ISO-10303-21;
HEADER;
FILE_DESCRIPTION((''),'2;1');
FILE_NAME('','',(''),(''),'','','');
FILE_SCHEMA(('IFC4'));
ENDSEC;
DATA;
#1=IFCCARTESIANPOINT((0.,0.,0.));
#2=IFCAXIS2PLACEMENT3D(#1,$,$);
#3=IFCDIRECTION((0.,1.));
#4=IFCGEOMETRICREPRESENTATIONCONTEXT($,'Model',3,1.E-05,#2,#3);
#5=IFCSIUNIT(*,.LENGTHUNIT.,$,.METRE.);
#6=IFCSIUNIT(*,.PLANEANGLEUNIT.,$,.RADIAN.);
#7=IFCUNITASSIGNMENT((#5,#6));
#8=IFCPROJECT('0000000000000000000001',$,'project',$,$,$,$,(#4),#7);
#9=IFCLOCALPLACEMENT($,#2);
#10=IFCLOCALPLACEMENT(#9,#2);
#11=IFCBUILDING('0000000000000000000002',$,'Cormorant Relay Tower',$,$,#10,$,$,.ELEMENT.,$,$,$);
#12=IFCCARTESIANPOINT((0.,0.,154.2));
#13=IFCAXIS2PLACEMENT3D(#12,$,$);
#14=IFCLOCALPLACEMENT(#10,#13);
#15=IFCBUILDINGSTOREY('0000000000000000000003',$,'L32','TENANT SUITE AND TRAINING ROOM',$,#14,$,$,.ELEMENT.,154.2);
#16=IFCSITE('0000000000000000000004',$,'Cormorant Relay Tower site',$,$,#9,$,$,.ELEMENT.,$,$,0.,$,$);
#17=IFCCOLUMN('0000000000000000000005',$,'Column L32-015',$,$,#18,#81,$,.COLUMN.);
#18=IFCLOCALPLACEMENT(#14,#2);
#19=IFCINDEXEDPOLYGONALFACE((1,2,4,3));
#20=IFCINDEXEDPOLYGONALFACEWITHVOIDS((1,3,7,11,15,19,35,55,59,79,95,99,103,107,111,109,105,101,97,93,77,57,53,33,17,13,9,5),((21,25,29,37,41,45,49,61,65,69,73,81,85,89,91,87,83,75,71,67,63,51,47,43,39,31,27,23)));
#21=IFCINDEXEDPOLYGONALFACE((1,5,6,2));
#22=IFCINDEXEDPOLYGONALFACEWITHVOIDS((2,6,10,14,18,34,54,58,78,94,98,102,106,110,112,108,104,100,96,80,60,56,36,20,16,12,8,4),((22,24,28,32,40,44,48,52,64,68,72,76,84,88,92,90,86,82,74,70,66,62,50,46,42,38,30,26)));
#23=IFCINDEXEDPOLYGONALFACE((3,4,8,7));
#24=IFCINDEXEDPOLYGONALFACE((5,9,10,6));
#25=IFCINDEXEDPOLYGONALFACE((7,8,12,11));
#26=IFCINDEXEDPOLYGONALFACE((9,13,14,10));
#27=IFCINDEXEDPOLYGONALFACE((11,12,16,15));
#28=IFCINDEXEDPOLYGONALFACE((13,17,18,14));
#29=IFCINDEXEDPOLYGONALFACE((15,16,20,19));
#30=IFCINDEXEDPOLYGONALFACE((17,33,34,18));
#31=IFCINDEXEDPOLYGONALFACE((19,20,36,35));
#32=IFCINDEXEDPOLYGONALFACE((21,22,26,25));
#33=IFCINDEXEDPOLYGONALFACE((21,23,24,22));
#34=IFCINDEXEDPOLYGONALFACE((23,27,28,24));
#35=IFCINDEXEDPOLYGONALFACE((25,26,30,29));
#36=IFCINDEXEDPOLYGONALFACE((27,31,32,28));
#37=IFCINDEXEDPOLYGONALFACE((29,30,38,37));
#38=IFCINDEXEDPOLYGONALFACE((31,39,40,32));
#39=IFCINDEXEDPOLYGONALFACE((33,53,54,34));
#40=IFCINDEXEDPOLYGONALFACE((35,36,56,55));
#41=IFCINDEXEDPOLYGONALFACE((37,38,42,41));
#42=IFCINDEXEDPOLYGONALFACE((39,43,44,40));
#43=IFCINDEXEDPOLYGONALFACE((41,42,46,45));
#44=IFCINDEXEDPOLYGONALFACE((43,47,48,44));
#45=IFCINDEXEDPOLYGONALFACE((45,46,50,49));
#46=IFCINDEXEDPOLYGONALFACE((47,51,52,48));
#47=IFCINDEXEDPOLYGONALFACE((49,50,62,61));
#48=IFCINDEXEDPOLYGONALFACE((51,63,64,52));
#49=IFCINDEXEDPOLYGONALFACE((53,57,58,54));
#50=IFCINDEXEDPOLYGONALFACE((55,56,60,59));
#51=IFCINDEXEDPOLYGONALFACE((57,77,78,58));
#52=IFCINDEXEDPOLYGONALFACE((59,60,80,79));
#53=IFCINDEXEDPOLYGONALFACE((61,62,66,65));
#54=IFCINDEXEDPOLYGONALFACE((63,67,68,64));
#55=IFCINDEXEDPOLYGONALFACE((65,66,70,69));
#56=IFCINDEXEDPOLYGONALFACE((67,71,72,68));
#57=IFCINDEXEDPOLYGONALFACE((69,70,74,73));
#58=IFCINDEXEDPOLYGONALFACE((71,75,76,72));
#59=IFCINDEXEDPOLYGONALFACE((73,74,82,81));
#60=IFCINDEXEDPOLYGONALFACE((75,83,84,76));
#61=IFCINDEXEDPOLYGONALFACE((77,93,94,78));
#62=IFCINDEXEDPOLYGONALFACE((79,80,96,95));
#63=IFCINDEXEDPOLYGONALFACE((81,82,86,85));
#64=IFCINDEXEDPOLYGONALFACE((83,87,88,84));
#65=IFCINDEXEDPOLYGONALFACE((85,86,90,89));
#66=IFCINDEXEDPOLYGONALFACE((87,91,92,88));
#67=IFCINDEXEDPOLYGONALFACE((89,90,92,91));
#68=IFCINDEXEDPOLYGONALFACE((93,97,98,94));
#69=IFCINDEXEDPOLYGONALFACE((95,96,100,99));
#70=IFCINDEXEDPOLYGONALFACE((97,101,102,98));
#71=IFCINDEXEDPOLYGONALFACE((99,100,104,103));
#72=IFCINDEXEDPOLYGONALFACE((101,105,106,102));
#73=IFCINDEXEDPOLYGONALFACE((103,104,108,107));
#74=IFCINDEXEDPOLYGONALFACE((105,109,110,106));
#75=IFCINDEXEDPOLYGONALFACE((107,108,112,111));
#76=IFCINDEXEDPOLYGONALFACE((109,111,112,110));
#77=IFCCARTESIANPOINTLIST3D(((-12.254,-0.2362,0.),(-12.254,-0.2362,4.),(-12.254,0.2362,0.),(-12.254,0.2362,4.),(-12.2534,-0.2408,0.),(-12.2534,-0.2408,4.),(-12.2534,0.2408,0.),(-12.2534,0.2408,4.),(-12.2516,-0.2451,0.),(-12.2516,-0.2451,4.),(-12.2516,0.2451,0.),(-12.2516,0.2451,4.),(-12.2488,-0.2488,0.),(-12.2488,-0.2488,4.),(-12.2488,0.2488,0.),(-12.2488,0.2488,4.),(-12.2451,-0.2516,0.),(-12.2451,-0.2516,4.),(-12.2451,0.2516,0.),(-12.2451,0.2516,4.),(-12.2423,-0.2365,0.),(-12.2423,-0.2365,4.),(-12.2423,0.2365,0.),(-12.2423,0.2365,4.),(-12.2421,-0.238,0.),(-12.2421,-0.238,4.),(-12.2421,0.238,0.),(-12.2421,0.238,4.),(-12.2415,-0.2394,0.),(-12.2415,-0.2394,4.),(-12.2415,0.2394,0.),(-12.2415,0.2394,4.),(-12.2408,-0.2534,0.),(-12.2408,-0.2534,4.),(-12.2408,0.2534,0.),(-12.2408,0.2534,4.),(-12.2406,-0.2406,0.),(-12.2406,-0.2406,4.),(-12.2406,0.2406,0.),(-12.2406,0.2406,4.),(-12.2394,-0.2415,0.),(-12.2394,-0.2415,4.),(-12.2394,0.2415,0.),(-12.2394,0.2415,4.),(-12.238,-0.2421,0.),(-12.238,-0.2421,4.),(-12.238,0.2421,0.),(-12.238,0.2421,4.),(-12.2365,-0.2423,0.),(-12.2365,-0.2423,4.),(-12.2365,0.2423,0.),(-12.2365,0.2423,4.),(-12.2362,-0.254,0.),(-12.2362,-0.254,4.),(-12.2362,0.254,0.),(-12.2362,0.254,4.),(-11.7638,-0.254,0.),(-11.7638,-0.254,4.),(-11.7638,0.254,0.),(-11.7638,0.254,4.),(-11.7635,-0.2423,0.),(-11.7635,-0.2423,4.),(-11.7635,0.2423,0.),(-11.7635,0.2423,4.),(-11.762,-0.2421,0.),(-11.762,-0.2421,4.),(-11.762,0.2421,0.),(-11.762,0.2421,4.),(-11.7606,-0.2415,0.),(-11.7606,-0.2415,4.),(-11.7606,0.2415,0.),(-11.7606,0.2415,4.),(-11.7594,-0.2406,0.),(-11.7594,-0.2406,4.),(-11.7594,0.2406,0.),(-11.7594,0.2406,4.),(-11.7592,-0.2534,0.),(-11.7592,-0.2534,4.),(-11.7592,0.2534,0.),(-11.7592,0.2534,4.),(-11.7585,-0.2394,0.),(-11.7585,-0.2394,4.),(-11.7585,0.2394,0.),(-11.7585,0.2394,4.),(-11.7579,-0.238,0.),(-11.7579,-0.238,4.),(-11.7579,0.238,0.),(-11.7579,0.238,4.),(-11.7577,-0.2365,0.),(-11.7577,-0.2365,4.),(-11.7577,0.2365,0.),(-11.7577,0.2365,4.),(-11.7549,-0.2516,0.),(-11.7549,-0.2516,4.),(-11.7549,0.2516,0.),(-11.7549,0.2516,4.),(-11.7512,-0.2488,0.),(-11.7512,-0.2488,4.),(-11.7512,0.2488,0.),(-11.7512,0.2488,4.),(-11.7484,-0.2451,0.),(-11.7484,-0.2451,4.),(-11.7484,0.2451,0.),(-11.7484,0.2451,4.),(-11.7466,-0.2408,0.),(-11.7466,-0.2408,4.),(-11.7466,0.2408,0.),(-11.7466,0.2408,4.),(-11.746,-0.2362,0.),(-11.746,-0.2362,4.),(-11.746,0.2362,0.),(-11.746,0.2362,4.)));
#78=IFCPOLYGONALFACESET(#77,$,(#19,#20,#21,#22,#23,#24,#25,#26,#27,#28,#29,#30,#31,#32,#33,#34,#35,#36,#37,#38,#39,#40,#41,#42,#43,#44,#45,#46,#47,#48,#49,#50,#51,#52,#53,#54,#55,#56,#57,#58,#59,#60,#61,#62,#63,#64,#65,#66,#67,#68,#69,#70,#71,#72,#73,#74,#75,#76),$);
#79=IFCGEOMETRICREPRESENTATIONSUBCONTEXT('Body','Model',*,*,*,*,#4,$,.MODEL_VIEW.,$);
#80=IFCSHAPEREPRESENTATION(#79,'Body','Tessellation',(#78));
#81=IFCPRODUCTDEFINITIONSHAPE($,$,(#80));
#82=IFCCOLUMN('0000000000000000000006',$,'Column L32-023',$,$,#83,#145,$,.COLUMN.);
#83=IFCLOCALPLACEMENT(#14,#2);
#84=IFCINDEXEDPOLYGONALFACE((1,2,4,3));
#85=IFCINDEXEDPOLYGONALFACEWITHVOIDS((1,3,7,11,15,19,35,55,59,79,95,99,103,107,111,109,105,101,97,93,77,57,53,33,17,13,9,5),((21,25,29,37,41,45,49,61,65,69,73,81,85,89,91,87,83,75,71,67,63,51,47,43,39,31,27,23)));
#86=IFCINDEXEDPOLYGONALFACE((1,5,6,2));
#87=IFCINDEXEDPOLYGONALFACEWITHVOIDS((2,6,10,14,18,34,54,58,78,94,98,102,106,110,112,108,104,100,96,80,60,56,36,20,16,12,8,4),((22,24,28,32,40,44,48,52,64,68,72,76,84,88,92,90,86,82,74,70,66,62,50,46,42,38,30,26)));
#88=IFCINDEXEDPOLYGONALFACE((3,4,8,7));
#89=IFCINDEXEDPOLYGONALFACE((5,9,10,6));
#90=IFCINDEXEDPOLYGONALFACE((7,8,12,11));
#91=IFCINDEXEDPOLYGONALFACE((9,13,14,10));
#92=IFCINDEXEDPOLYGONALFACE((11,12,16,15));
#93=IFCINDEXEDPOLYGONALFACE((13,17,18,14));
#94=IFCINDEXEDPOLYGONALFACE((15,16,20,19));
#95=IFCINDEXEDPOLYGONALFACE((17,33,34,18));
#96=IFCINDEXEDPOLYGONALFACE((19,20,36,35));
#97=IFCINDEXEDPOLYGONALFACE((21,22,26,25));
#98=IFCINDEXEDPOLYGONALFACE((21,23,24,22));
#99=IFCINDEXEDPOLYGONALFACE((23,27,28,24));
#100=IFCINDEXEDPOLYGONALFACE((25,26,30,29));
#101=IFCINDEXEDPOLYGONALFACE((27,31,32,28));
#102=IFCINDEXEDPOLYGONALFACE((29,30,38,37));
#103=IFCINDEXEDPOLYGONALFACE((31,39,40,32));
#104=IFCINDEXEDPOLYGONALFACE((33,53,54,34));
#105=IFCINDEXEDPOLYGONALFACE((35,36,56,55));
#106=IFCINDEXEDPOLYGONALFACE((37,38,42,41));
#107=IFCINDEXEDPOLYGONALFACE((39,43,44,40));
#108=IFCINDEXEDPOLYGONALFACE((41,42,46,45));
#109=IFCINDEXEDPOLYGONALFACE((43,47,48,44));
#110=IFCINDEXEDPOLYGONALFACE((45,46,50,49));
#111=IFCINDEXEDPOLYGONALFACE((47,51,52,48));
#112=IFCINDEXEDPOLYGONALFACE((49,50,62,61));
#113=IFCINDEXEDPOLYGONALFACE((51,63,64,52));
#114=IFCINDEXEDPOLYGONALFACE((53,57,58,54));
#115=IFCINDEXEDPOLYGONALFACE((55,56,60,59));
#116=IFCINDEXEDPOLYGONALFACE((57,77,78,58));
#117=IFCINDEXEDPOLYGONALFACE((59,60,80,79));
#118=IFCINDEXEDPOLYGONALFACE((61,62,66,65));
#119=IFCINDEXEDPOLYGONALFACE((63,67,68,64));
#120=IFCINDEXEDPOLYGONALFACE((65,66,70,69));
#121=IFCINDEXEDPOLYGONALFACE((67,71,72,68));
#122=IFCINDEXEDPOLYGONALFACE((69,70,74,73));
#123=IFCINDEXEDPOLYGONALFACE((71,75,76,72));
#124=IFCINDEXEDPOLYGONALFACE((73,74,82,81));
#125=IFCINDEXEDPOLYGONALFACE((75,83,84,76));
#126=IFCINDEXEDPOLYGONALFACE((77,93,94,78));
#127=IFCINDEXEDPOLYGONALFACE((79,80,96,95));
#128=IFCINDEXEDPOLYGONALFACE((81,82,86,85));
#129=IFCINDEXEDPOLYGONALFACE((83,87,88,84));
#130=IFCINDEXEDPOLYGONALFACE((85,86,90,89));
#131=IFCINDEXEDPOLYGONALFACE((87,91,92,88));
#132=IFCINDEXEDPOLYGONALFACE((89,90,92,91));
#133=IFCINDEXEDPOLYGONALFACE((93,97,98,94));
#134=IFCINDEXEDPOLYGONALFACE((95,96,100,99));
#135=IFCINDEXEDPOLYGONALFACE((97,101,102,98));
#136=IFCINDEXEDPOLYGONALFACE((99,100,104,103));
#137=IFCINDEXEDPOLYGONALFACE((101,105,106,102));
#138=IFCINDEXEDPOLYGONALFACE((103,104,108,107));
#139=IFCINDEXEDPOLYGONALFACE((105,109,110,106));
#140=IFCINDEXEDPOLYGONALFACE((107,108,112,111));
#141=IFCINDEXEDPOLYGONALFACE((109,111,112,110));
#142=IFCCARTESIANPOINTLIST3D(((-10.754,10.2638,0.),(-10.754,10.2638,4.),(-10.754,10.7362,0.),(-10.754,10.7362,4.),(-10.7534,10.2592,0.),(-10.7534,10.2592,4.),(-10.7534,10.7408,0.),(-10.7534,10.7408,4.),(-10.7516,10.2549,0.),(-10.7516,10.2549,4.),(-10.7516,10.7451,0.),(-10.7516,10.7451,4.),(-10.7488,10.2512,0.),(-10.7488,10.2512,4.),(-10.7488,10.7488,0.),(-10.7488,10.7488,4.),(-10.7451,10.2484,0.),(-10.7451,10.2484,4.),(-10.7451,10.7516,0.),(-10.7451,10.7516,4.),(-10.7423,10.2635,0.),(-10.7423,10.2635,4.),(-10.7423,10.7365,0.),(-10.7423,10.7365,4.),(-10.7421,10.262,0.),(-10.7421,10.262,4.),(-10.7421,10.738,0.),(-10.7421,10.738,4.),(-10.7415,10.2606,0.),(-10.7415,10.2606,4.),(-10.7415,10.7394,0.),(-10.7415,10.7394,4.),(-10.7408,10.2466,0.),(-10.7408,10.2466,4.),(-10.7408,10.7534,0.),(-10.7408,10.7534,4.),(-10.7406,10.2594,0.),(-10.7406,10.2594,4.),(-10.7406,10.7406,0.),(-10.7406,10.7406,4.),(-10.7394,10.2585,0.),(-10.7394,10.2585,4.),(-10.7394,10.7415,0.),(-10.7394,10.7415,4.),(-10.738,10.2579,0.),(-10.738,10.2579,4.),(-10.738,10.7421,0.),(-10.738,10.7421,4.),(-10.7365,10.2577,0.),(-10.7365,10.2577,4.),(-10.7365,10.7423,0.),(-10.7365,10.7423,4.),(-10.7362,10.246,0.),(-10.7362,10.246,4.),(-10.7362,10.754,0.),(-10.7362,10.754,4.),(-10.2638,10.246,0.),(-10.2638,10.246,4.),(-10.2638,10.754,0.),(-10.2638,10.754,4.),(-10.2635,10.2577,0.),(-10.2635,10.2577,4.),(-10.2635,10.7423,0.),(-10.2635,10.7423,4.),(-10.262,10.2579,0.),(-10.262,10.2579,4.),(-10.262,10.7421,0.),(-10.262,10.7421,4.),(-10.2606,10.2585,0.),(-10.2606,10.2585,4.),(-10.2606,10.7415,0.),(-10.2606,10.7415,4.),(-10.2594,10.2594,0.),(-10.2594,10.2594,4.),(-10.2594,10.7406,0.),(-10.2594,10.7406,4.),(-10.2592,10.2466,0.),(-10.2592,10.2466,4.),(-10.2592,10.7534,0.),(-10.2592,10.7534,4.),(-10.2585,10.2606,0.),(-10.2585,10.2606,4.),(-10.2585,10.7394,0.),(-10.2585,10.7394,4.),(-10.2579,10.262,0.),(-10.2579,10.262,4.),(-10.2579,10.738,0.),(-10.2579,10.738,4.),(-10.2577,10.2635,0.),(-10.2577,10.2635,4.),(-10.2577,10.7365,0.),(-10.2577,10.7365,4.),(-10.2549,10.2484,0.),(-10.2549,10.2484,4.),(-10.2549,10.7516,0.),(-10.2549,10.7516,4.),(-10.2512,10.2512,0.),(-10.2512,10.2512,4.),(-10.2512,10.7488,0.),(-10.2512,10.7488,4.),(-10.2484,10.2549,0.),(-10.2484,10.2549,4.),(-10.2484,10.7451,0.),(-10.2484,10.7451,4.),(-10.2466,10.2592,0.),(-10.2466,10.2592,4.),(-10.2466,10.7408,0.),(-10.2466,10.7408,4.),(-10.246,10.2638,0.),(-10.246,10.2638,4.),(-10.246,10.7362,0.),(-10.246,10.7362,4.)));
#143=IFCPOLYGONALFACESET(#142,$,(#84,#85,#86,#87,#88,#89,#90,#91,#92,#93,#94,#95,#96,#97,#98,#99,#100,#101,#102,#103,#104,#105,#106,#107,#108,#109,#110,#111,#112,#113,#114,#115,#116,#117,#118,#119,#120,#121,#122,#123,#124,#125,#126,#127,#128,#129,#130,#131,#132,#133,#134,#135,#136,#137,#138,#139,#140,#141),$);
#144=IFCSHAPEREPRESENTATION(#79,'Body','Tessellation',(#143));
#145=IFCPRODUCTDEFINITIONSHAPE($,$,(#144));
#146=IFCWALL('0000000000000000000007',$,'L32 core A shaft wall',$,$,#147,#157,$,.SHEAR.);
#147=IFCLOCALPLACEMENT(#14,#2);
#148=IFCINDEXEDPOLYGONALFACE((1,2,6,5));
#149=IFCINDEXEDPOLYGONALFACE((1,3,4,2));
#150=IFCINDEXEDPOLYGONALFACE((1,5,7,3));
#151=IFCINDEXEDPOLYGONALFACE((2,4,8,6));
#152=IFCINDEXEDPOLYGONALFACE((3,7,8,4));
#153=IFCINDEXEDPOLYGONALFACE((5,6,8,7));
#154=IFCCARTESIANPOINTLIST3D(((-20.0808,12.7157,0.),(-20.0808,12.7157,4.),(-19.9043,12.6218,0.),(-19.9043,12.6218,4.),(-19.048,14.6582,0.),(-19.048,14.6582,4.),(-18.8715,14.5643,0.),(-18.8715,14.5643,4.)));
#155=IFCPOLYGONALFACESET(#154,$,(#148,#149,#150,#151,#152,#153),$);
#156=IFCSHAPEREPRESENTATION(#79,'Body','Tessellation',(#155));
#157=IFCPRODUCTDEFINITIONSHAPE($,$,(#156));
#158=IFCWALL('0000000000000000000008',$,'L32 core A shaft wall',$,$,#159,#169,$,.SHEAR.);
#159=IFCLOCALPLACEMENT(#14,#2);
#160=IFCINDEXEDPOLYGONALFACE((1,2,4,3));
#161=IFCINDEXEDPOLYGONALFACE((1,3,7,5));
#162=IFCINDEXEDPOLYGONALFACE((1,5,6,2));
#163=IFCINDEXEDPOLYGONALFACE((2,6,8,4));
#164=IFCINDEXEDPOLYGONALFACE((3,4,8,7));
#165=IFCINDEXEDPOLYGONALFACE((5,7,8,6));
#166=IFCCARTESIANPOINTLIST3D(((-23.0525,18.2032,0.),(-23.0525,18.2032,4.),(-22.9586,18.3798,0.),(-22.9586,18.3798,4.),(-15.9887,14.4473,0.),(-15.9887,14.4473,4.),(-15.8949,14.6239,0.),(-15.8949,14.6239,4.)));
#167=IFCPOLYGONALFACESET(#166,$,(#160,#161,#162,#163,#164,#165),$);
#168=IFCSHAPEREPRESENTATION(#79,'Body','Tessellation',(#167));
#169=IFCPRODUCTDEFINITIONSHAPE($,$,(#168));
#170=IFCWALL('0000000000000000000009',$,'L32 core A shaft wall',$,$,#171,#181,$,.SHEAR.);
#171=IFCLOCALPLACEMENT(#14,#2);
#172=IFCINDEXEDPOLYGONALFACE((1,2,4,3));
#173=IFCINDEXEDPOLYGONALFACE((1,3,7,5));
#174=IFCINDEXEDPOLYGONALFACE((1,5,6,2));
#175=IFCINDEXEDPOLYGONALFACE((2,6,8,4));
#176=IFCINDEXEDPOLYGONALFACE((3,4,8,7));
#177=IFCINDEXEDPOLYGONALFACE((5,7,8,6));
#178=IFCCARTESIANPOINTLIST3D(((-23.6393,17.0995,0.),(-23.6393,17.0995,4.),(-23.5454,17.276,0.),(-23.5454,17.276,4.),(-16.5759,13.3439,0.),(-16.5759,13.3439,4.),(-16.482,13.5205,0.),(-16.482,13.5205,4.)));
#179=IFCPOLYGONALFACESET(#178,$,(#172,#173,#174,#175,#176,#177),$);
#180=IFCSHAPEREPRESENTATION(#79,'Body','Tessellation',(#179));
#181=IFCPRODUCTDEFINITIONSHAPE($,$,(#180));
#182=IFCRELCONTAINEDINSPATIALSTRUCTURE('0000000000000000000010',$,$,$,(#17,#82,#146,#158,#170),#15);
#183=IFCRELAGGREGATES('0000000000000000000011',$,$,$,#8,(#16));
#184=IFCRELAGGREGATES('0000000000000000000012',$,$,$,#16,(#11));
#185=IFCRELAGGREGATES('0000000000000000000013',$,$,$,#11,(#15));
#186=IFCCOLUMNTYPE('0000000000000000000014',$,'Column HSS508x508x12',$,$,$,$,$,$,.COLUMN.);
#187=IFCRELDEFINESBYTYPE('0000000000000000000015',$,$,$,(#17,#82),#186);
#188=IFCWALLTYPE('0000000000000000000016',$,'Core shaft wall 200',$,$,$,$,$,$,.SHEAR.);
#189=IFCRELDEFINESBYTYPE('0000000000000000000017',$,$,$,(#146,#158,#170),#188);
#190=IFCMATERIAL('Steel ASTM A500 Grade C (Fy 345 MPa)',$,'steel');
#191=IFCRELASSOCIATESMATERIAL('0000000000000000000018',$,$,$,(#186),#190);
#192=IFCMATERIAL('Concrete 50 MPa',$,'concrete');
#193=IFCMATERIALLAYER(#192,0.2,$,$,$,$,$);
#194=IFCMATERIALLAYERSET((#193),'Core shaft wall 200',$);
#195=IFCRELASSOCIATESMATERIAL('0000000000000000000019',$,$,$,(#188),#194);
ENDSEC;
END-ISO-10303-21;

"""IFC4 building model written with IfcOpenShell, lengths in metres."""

from ifc_helpers import new_model, si_unit, direction, frame, frame_2d, origin, origin_2d, place, context, subcontext, project, spatial, rectangle, hollow_rectangle, extrude, material, layer, layer_set, material_profile, profile_set, type_object, element, save


model = new_model("IFC4")

# Units and contexts
model_context = context("Model", 3, precision=1e-05, world=origin(), true_north=direction((0.0, 1.0)))
body_context = subcontext(model_context, "Body", "Model", "MODEL_VIEW")
ifc_project = project(units=[si_unit("LENGTHUNIT", "METRE"), si_unit("PLANEANGLEUNIT", "RADIAN")], contexts=[model_context])

# Site, building, storey
site_placement = place(None, origin())
site = spatial("IfcSite", under=ifc_project, at=site_placement, Name="Cormorant Relay Tower site", CompositionType="ELEMENT", RefElevation=0.0)
building_placement = place(site_placement, origin())
building = spatial("IfcBuilding", under=site, at=building_placement, Name="Cormorant Relay Tower", CompositionType="ELEMENT")
storey_placement = place(building_placement, frame((0.0, 0.0, 154.2)))
storey = spatial("IfcBuildingStorey", under=building, at=storey_placement, Name="L32", Description="TENANT SUITE AND TRAINING ROOM", CompositionType="ELEMENT", Elevation=154.2)

# Columns
ifc_material_1 = material(Name="Steel ASTM A500 Grade C (Fy 345 MPa)", Category="steel")
ifc_material_profile = material_profile(ifc_material_1, hollow_rectangle(XDim=0.5081, YDim=0.5081, WallThickness=0.0117, InnerFilletRadius=0.0059, OuterFilletRadius=0.0178, at=origin_2d()), Name="HSS508x508x12")
ifc_profile_set = profile_set([ifc_material_profile], Name="Steel ASTM A500 Grade C (Fy 345 MPa)")
column_type = type_object("IfcColumnType", Name="Column HSS508x508x12", PredefinedType="COLUMN", material=ifc_profile_set)
for number, where, z_axis, x_axis, name in (
    (1, (-12.0, 0.0, 0.0), (0.0, 0.0, 1.0), (1.0, 0.0, 0.0), "Column L32-015"),
    (2, (-10.5, 10.5, 0.0), (0.0, 0.0, 1.0), (1.0, 0.0, 0.0), "Column L32-023"),
):
    element("IfcColumn", number, at=place(storey_placement, frame(where, z_axis=z_axis, x_axis=x_axis)), inside=storey, type_object=column_type, Name=name, PredefinedType="COLUMN", context=body_context, shape_type="SweptSolid", body=[
        extrude(hollow_rectangle(XDim=0.5081, YDim=0.5081, WallThickness=0.0117, InnerFilletRadius=0.0059, OuterFilletRadius=0.0178, at=origin_2d()), origin(), (0.0, 0.0, 1.0), 4.0),
    ])

# Walls
ifc_material_2 = material(Name="Concrete 50 MPa", Category="concrete")
ifc_layer_1 = layer(ifc_material_2, 0.2)
ifc_layer_set_1 = layer_set([ifc_layer_1], Name="Core shaft wall 200")
wall_type_1 = type_object("IfcWallType", Name="Core shaft wall 200", PredefinedType="SHEAR", material=ifc_layer_set_1)
wall_1_placement = place(storey_placement, frame((-18.9597, 14.6113, 0.0), z_axis=(0.0, 0.0, 1.0), x_axis=(-0.469447, -0.88296, 0.0)))
element("IfcWall", 3, at=wall_1_placement, inside=storey, type_object=wall_type_1, Name="L32 core A shaft wall", PredefinedType="SHEAR", context=body_context, shape_type="SweptSolid", body=[
    extrude(rectangle(XDim=2.2, YDim=0.2, at=frame_2d((1.1001, 0.0))), origin(), (0.0, 0.0, 1.0), 4.0),
])
wall_2_placement = place(storey_placement, frame((-15.9419, 14.5356, 0.0), z_axis=(0.0, 0.0, 1.0), x_axis=(-0.882947, 0.469473, 0.0)))
element("IfcWall", 4, at=wall_2_placement, inside=storey, type_object=wall_type_1, Name="L32 core A shaft wall", PredefinedType="SHEAR", context=body_context, shape_type="SweptSolid", body=[
    extrude(rectangle(XDim=8.0002, YDim=0.2, at=frame_2d((4.0, 0.0))), origin(), (0.0, 0.0, 1.0), 4.0),
])
wall_3_placement = place(storey_placement, frame((-16.5288, 13.4321, 0.0), z_axis=(0.0, 0.0, 1.0), x_axis=(-0.882953, 0.469462, 0.0)))
element("IfcWall", 5, at=wall_3_placement, inside=storey, type_object=wall_type_1, Name="L32 core A shaft wall", PredefinedType="SHEAR", context=body_context, shape_type="SweptSolid", body=[
    extrude(rectangle(XDim=7.9998, YDim=0.2, at=frame_2d((4.0, 0.0))), origin(), (0.0, 0.0, 1.0), 4.0),
])

save(model, "model.ifc")
